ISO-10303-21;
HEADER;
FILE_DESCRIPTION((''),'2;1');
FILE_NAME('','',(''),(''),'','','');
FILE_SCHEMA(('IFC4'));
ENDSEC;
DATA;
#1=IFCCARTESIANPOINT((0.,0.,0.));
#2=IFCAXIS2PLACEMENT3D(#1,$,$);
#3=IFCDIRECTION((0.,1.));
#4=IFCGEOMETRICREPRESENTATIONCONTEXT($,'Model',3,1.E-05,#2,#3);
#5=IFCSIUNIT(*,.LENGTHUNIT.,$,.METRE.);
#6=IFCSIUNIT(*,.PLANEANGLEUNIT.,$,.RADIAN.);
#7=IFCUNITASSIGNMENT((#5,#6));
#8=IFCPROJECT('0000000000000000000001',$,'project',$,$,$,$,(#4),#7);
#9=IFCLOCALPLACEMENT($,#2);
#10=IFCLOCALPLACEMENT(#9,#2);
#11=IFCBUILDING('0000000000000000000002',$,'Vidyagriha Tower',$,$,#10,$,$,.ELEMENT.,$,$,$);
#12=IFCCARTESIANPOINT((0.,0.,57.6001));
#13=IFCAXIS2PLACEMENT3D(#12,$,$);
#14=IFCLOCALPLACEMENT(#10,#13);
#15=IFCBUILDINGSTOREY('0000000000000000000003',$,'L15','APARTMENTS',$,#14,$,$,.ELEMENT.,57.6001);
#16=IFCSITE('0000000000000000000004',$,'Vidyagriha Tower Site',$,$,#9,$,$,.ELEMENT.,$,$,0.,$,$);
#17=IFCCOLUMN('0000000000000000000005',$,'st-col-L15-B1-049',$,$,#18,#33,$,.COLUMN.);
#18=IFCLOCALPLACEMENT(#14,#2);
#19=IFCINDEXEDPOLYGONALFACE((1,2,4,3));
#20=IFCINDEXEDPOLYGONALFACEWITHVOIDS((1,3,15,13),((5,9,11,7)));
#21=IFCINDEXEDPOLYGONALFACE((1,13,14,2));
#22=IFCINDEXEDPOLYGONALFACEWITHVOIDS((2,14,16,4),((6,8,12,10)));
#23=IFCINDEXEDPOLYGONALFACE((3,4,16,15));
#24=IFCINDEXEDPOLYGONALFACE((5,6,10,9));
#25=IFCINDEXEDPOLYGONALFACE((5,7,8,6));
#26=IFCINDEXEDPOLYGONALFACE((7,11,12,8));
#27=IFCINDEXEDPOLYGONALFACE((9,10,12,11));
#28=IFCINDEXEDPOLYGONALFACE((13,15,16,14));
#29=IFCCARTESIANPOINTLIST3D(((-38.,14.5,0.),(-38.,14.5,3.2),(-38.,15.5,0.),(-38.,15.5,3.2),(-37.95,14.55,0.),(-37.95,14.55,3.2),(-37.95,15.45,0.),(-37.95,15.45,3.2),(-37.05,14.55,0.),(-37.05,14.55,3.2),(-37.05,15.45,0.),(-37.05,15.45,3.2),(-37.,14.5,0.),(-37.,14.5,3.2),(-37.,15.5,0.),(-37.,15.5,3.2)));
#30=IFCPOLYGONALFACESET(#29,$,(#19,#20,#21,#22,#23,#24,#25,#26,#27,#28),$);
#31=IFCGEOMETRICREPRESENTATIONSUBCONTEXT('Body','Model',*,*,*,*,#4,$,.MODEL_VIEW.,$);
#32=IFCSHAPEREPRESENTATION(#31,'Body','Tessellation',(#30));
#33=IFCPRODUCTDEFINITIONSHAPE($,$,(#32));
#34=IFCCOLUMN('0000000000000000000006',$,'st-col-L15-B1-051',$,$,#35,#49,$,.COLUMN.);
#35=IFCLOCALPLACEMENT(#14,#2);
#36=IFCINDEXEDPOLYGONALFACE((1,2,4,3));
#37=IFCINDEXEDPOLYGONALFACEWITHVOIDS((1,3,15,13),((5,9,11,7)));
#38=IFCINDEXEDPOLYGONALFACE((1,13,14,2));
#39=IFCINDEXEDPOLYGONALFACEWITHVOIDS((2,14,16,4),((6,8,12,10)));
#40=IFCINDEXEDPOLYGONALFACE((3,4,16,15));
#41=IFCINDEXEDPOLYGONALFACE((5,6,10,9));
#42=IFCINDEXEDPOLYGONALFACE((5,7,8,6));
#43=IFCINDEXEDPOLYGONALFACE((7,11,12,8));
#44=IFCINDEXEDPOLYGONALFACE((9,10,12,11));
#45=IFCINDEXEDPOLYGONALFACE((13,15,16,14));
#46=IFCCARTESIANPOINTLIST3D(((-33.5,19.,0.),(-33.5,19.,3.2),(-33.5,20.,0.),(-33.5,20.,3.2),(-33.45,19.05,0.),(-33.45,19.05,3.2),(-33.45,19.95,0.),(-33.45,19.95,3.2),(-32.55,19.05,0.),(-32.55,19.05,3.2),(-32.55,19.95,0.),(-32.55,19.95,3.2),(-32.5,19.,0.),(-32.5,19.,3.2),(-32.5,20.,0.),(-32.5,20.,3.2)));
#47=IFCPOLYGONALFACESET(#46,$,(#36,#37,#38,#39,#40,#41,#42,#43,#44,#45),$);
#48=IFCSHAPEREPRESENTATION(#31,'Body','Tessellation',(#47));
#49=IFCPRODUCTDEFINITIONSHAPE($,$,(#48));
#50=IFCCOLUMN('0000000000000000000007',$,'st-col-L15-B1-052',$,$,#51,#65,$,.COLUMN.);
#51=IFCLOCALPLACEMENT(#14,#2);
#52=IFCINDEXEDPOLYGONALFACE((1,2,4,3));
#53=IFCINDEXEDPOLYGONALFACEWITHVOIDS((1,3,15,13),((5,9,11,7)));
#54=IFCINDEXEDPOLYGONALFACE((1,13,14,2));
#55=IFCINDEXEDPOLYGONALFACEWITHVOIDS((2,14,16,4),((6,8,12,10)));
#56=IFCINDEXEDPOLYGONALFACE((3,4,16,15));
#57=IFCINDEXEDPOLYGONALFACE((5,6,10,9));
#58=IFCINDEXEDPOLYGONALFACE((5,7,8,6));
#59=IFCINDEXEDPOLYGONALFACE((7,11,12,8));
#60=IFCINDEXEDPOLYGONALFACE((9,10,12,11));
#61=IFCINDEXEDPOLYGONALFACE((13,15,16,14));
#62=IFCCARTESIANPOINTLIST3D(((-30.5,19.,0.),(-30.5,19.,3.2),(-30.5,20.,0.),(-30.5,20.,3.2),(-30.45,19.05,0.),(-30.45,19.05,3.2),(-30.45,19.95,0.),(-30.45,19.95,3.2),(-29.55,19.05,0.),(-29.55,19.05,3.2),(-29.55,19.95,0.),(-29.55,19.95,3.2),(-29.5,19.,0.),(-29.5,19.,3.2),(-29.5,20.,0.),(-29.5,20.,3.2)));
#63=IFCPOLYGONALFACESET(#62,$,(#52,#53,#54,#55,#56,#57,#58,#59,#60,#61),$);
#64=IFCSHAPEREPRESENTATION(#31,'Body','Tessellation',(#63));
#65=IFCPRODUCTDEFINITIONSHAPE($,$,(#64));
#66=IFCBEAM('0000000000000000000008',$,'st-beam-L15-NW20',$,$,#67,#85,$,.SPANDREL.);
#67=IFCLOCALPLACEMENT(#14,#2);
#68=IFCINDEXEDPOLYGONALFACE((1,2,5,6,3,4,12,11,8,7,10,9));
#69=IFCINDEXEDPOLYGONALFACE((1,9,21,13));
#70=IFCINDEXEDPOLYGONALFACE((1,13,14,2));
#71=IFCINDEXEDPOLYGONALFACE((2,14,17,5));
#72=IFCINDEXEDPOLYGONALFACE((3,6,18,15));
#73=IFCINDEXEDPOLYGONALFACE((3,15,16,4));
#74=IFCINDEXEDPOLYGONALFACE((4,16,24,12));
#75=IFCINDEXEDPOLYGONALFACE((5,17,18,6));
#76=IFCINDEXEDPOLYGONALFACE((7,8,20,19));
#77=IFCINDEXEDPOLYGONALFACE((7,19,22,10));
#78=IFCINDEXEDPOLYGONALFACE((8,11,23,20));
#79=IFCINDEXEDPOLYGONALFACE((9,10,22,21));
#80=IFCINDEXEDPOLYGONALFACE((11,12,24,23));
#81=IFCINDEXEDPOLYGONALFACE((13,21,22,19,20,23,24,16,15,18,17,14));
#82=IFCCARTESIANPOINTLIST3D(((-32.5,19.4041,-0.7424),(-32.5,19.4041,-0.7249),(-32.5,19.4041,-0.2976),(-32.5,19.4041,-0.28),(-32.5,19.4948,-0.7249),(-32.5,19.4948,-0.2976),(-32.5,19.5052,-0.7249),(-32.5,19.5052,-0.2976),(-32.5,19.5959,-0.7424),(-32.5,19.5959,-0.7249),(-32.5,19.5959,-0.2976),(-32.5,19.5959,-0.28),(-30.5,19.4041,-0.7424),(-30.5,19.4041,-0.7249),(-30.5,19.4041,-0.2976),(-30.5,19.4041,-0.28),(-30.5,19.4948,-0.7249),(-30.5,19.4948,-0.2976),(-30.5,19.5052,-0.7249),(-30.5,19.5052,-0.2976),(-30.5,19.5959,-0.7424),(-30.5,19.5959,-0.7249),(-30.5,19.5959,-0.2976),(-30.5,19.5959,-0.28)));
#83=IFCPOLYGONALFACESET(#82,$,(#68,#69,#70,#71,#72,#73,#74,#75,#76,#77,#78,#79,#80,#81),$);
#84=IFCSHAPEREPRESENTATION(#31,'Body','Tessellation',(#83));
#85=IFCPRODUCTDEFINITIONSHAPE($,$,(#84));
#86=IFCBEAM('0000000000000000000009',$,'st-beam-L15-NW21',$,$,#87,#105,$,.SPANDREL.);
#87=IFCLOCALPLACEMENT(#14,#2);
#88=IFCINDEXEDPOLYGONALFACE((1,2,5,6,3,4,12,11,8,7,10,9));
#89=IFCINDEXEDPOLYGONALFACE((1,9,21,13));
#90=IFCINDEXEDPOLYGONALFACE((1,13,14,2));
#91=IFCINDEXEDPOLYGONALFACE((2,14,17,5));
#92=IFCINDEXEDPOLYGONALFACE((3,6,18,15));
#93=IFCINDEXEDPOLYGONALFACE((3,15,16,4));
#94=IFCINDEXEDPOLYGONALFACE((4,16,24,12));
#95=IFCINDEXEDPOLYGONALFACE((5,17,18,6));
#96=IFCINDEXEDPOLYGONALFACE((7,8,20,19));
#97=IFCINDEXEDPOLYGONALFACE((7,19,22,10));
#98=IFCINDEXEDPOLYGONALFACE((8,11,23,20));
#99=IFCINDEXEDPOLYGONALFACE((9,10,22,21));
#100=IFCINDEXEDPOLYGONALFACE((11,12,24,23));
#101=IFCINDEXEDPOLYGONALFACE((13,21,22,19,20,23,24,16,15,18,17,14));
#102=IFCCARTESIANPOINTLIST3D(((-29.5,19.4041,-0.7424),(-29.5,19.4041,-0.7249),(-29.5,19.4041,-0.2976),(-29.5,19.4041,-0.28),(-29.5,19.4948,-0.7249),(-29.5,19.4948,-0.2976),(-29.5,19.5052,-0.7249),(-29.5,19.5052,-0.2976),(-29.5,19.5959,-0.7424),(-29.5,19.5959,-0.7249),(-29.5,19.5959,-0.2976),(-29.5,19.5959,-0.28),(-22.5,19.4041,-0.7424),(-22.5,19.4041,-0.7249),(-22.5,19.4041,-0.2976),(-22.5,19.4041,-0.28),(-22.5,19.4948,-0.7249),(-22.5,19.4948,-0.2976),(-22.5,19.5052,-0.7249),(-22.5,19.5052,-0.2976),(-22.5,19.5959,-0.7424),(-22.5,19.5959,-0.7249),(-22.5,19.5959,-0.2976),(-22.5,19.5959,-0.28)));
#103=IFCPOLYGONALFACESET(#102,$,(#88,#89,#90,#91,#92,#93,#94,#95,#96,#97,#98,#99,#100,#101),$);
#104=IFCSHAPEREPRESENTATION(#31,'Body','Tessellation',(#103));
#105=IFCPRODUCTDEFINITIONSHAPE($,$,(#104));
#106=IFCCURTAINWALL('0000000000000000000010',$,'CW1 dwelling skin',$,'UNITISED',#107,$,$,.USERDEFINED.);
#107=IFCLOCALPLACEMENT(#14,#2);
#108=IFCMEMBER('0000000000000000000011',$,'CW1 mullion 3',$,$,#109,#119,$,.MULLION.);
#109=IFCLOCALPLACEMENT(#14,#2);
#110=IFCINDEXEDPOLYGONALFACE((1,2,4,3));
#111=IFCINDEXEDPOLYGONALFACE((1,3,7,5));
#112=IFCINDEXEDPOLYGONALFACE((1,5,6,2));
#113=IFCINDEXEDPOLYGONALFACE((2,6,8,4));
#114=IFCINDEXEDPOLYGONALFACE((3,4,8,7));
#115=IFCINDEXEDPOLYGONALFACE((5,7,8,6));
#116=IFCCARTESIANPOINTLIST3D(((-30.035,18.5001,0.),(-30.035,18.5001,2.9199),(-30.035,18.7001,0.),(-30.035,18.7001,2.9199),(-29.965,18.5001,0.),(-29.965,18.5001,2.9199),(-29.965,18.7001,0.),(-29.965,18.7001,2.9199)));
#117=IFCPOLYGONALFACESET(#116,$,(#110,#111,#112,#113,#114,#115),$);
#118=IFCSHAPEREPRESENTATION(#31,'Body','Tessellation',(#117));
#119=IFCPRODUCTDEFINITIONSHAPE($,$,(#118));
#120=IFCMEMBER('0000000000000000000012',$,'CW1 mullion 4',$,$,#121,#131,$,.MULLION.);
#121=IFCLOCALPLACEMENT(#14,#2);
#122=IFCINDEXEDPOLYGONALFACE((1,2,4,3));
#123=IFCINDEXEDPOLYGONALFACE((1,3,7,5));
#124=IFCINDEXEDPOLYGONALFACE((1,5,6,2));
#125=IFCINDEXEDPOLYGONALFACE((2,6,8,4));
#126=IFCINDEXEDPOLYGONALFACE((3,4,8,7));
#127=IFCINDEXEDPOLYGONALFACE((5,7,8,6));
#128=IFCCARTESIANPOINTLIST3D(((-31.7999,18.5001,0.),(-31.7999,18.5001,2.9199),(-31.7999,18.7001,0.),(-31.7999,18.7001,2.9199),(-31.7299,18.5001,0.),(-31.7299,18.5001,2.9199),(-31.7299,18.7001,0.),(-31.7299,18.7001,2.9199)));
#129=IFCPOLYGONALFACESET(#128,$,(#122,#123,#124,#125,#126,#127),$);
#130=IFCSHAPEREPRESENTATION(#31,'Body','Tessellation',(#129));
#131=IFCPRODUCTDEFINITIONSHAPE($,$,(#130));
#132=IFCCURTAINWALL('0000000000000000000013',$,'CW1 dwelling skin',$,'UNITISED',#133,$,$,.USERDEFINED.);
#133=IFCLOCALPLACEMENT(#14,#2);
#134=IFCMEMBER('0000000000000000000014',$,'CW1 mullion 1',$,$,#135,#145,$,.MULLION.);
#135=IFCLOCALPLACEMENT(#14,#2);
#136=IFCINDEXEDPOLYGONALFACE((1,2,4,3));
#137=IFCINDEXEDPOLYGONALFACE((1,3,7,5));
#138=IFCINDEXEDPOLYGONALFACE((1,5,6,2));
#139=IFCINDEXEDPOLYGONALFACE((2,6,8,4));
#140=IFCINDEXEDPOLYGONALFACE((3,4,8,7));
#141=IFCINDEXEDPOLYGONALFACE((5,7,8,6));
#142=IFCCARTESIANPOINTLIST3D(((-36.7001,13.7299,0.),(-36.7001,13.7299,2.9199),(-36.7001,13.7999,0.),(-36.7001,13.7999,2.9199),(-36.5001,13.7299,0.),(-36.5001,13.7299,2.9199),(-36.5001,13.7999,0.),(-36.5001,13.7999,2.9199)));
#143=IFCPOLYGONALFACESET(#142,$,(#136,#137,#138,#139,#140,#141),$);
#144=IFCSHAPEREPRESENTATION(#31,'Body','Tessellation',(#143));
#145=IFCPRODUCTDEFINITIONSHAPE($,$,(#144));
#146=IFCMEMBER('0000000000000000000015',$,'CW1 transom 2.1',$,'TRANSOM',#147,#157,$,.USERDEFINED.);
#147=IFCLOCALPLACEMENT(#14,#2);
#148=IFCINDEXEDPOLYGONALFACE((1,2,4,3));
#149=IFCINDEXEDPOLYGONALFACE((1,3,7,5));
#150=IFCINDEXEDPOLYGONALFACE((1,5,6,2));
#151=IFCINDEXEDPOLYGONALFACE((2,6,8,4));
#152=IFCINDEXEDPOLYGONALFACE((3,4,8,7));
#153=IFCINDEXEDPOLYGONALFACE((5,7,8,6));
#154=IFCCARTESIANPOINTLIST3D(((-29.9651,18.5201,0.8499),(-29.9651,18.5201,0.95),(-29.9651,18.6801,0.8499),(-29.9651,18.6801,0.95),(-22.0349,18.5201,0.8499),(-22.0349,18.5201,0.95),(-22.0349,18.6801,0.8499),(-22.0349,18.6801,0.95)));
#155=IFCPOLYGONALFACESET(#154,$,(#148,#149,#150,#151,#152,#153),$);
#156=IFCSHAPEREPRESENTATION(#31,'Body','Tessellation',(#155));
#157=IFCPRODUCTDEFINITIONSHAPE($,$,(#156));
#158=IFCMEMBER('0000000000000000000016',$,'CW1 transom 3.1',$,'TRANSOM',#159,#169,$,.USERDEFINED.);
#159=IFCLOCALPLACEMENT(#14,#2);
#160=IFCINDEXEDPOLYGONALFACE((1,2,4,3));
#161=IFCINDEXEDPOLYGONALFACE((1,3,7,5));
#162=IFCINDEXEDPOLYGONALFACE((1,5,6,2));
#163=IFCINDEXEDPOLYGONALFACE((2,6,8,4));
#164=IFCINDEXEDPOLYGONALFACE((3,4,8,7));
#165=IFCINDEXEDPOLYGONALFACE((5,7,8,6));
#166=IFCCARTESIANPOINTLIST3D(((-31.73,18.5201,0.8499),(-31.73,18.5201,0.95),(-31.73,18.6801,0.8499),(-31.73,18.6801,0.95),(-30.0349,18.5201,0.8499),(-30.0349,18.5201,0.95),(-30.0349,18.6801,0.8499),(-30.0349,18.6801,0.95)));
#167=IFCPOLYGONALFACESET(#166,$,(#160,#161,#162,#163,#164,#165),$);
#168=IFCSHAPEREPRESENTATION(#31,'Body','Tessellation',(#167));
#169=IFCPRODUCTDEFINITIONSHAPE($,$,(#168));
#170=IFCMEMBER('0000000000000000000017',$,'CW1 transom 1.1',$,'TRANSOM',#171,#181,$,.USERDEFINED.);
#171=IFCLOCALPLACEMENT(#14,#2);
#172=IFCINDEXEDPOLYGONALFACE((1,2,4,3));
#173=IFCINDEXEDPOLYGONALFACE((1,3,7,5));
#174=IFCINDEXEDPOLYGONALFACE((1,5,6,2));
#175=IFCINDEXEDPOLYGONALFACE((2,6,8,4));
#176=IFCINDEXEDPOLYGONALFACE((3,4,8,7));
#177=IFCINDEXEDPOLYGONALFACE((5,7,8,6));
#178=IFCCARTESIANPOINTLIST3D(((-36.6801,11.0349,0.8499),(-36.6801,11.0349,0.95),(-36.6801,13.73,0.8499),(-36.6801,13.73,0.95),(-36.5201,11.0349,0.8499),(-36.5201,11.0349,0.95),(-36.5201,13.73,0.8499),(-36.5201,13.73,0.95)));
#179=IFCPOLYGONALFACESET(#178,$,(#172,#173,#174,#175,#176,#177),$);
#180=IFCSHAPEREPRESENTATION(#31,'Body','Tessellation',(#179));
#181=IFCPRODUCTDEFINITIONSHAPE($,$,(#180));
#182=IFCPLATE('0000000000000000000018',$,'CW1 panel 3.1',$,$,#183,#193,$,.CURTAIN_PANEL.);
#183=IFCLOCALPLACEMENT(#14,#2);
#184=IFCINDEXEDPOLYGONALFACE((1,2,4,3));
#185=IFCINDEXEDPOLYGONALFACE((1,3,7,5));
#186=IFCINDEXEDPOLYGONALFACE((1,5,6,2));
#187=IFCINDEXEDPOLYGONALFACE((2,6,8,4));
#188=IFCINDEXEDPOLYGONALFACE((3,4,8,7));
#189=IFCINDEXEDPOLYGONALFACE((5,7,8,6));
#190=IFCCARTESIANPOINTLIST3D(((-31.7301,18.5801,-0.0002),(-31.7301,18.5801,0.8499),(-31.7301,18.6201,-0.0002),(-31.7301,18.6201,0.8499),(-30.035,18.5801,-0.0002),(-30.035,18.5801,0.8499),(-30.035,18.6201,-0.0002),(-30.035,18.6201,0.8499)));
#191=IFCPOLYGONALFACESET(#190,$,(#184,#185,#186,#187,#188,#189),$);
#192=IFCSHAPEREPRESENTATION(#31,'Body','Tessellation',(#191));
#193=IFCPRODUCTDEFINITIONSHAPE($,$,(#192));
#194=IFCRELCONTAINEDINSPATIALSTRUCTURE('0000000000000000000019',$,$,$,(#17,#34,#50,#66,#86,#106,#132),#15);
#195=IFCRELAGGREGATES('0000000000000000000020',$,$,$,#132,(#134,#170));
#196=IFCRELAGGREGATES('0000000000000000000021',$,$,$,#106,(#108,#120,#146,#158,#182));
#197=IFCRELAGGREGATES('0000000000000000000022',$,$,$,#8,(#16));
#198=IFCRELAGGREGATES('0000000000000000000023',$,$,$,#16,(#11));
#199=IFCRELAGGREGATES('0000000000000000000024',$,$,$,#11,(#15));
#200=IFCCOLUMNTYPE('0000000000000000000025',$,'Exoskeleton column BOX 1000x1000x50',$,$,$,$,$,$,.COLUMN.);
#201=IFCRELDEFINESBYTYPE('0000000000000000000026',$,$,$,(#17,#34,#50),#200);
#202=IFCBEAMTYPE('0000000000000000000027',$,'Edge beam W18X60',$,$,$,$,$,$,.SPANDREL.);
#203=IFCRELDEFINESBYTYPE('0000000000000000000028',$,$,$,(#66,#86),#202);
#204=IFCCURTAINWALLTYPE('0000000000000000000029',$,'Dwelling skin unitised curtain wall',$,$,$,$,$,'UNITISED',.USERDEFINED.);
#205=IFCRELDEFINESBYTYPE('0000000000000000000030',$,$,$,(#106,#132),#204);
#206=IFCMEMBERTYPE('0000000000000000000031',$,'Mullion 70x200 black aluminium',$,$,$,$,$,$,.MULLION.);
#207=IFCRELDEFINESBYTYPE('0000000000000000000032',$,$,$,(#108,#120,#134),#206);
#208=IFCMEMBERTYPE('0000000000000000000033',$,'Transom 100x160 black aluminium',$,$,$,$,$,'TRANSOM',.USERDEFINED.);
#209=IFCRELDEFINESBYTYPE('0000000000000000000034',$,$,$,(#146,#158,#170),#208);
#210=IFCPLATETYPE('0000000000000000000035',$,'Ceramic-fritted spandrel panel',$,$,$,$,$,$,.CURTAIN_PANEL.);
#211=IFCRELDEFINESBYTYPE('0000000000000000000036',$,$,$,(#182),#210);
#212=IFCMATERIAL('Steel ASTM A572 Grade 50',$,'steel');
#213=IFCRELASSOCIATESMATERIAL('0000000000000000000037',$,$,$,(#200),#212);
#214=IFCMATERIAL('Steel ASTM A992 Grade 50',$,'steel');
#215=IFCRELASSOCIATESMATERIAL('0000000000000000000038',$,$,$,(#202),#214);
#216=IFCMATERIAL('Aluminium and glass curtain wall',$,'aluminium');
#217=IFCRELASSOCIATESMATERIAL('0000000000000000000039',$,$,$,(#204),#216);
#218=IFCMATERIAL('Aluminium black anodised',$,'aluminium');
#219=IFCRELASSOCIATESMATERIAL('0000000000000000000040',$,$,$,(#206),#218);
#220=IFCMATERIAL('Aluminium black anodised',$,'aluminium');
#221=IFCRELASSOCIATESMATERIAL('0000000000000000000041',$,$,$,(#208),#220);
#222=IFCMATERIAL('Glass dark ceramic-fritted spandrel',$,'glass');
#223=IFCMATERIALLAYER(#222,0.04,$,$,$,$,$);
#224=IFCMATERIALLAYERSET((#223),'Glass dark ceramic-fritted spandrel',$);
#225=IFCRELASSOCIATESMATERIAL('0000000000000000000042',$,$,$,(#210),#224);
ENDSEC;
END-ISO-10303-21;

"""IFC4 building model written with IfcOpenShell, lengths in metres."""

from ifc_helpers import new_model, si_unit, direction, frame, origin, origin_2d, place, context, subcontext, project, spatial, rectangle, hollow_rectangle, i_section, extrude, material, layer, layer_set, material_profile, profile_set, type_object, element, aggregate, save


model = new_model("IFC4")

# Units and contexts
model_context = context("Model", 3, precision=1e-05, world=origin(), true_north=direction((0.0, 1.0)))
body_context = subcontext(model_context, "Body", "Model", "MODEL_VIEW")
ifc_project = project(units=[si_unit("LENGTHUNIT", "METRE"), si_unit("PLANEANGLEUNIT", "RADIAN")], contexts=[model_context])

# Site, building, storey
site_placement = place(None, origin())
site = spatial("IfcSite", under=ifc_project, at=site_placement, Name="Vidyagriha Tower Site", CompositionType="ELEMENT", RefElevation=0.0)
building_placement = place(site_placement, origin())
building = spatial("IfcBuilding", under=site, at=building_placement, Name="Vidyagriha Tower", CompositionType="ELEMENT")
storey_placement = place(building_placement, frame((0.0, 0.0, 57.6001)))
storey = spatial("IfcBuildingStorey", under=building, at=storey_placement, Name="L15", Description="APARTMENTS", CompositionType="ELEMENT", Elevation=57.6001)

# Columns
ifc_material_1 = material(Name="Steel ASTM A572 Grade 50", Category="steel")
ifc_material_profile_1 = material_profile(ifc_material_1, hollow_rectangle(XDim=1.0, YDim=1.0, WallThickness=0.05, at=origin_2d()), Name="BOX 1000x1000x50")
ifc_profile_set_1 = profile_set([ifc_material_profile_1], Name="Steel ASTM A572 Grade 50")
column_type = type_object("IfcColumnType", Name="Exoskeleton column BOX 1000x1000x50", PredefinedType="COLUMN", material=ifc_profile_set_1)
for number, where, name in (
    (1, (-37.5, 15.0, 0.0), "st-col-L15-B1-049"),
    (2, (-33.0, 19.5, 0.0), "st-col-L15-B1-051"),
    (3, (-30.0, 19.5, 0.0), "st-col-L15-B1-052"),
):
    element("IfcColumn", number, at=place(storey_placement, frame(where)), inside=storey, type_object=column_type, Name=name, PredefinedType="COLUMN", context=body_context, shape_type="SweptSolid", body=[
        extrude(hollow_rectangle(XDim=1.0, YDim=1.0, WallThickness=0.05, at=origin_2d()), origin(), (0.0, 0.0, 1.0), 3.2),
    ])

# Beams
ifc_material_2 = material(Name="Steel ASTM A992 Grade 50", Category="steel")
ifc_material_profile_2 = material_profile(ifc_material_2, i_section(OverallWidth=0.1919, OverallDepth=0.4624, WebThickness=0.0105, FlangeThickness=0.0176, at=origin_2d()), Name="W18X60")
ifc_profile_set_2 = profile_set([ifc_material_profile_2], Name="Steel ASTM A992 Grade 50")
beam_type = type_object("IfcBeamType", Name="Edge beam W18X60", PredefinedType="SPANDREL", material=ifc_profile_set_2)
beam_1_placement = place(storey_placement, frame((-32.5, 19.5, -0.5112), z_axis=(1.0, 0.0, 0.0), x_axis=(0.0, 1.0, 0.0)))
element("IfcBeam", 4, at=beam_1_placement, inside=storey, type_object=beam_type, Name="st-beam-L15-NW20", PredefinedType="SPANDREL", context=body_context, shape_type="SweptSolid", body=[
    extrude(i_section(OverallWidth=0.1919, OverallDepth=0.4624, WebThickness=0.0105, FlangeThickness=0.0176, at=origin_2d()), origin(), (0.0, 0.0, 1.0), 2.0),
])
beam_2_placement = place(storey_placement, frame((-29.5, 19.5, -0.5112), z_axis=(1.0, 0.0, 0.0), x_axis=(0.0, 1.0, 0.0)))
element("IfcBeam", 5, at=beam_2_placement, inside=storey, type_object=beam_type, Name="st-beam-L15-NW21", PredefinedType="SPANDREL", context=body_context, shape_type="SweptSolid", body=[
    extrude(i_section(OverallWidth=0.1919, OverallDepth=0.4624, WebThickness=0.0105, FlangeThickness=0.0176, at=origin_2d()), origin(), (0.0, 0.0, 1.0), 7.0),
])

# Curtain wall, members
ifc_material_3 = material(Name="Aluminium and glass curtain wall", Category="aluminium")
curtain_wall_type = type_object("IfcCurtainWallType", Name="Dwelling skin unitised curtain wall", ElementType="UNITISED", PredefinedType="USERDEFINED", material=ifc_material_3)
curtain_wall_1_placement = place(storey_placement, origin())
curtain_wall_1 = element("IfcCurtainWall", 6, at=curtain_wall_1_placement, inside=storey, type_object=curtain_wall_type, Name="CW1 dwelling skin", ObjectType="UNITISED", PredefinedType="USERDEFINED")
ifc_material_4 = material(Name="Aluminium black anodised", Category="aluminium")
ifc_material_profile_3 = material_profile(ifc_material_4, rectangle(XDim=0.2, YDim=0.0701, at=origin_2d()), Name="Mullion 70x200 black aluminium")
ifc_profile_set_3 = profile_set([ifc_material_profile_3], Name="Aluminium black anodised")
member_type_1 = type_object("IfcMemberType", Name="Mullion 70x200 black aluminium", PredefinedType="MULLION", material=ifc_profile_set_3)
member_1_placement = place(storey_placement, frame((-30.0, 18.6001, 0.0), z_axis=(0.0, 0.0, 1.0), x_axis=(0.0, -1.0, 0.0)))
member_1 = element("IfcMember", 7, at=member_1_placement, type_object=member_type_1, Name="CW1 mullion 3", PredefinedType="MULLION", context=body_context, shape_type="SweptSolid", body=[
    extrude(rectangle(XDim=0.2, YDim=0.0701, at=origin_2d()), origin(), (0.0, 0.0, 1.0), 2.9199),
])
member_2_placement = place(storey_placement, frame((-31.7649, 18.6001, 0.0), z_axis=(0.0, 0.0, 1.0), x_axis=(0.0, -1.0, 0.0)))
member_2 = element("IfcMember", 8, at=member_2_placement, type_object=member_type_1, Name="CW1 mullion 4", PredefinedType="MULLION", context=body_context, shape_type="SweptSolid", body=[
    extrude(rectangle(XDim=0.2, YDim=0.0701, at=origin_2d()), origin(), (0.0, 0.0, 1.0), 2.9199),
])

# Curtain wall, member
curtain_wall_2_placement = place(storey_placement, origin())
curtain_wall_2 = element("IfcCurtainWall", 9, at=curtain_wall_2_placement, inside=storey, type_object=curtain_wall_type, Name="CW1 dwelling skin", ObjectType="UNITISED", PredefinedType="USERDEFINED")
member_3_placement = place(storey_placement, frame((-36.6001, 13.7649, 0.0)))
member_3 = element("IfcMember", 10, at=member_3_placement, type_object=member_type_1, Name="CW1 mullion 1", PredefinedType="MULLION", context=body_context, shape_type="SweptSolid", body=[
    extrude(rectangle(XDim=0.2, YDim=0.0701, at=origin_2d()), origin(), (0.0, 0.0, 1.0), 2.9199),
])

# Members
ifc_material_5 = material(Name="Aluminium black anodised", Category="aluminium")
ifc_material_profile_4 = material_profile(ifc_material_5, rectangle(XDim=0.1599, YDim=0.1001, at=origin_2d()), Name="Transom 100x160 black aluminium")
ifc_profile_set_4 = profile_set([ifc_material_profile_4], Name="Aluminium black anodised")
member_type_2 = type_object("IfcMemberType", Name="Transom 100x160 black aluminium", ElementType="TRANSOM", PredefinedType="USERDEFINED", material=ifc_profile_set_4)
member_4_placement = place(storey_placement, frame((-22.0349, 18.6001, 0.8999), z_axis=(-1.0, 0.0, 0.0), x_axis=(0.0, -1.0, 0.0)))
member_4 = element("IfcMember", 11, at=member_4_placement, type_object=member_type_2, Name="CW1 transom 2.1", ObjectType="TRANSOM", PredefinedType="USERDEFINED", context=body_context, shape_type="SweptSolid", body=[
    extrude(rectangle(XDim=0.1599, YDim=0.1001, at=origin_2d()), origin(), (0.0, 0.0, 1.0), 7.9302),
])
member_5_placement = place(storey_placement, frame((-30.0349, 18.6001, 0.8999), z_axis=(-1.0, 0.0, 0.0), x_axis=(0.0, -1.0, 0.0)))
member_5 = element("IfcMember", 12, at=member_5_placement, type_object=member_type_2, Name="CW1 transom 3.1", ObjectType="TRANSOM", PredefinedType="USERDEFINED", context=body_context, shape_type="SweptSolid", body=[
    extrude(rectangle(XDim=0.1599, YDim=0.1001, at=origin_2d()), origin(), (0.0, 0.0, 1.0), 1.6951),
])
member_6_placement = place(storey_placement, frame((-36.6001, 13.73, 0.8999), z_axis=(0.0, -1.0, 0.0), x_axis=(1.0, 0.0, 0.0)))
member_6 = element("IfcMember", 13, at=member_6_placement, type_object=member_type_2, Name="CW1 transom 1.1", ObjectType="TRANSOM", PredefinedType="USERDEFINED", context=body_context, shape_type="SweptSolid", body=[
    extrude(rectangle(XDim=0.1599, YDim=0.1001, at=origin_2d()), origin(), (0.0, 0.0, 1.0), 2.6951),
])

# Plate
ifc_material_6 = material(Name="Glass dark ceramic-fritted spandrel", Category="glass")
ifc_layer_1 = layer(ifc_material_6, 0.04)
ifc_layer_set_1 = layer_set([ifc_layer_1], Name="Glass dark ceramic-fritted spandrel")
plate_type_1 = type_object("IfcPlateType", Name="Ceramic-fritted spandrel panel", PredefinedType="CURTAIN_PANEL", material=ifc_layer_set_1)
plate_1_placement = place(storey_placement, frame((-30.8826, 18.6001, -0.0002), z_axis=(0.0, 0.0, 1.0), x_axis=(-1.0, 0.0, 0.0)))
plate_1 = element("IfcPlate", 14, at=plate_1_placement, type_object=plate_type_1, Name="CW1 panel 3.1", PredefinedType="CURTAIN_PANEL", context=body_context, shape_type="SweptSolid", body=[
    extrude(rectangle(XDim=1.6951, YDim=0.04, at=origin_2d()), origin(), (0.0, 0.0, 1.0), 0.8501),
])
aggregate(curtain_wall_2, [member_3, member_6])
aggregate(curtain_wall_1, [member_1, member_2, member_4, member_5, plate_1])

save(model, "model.ifc")
